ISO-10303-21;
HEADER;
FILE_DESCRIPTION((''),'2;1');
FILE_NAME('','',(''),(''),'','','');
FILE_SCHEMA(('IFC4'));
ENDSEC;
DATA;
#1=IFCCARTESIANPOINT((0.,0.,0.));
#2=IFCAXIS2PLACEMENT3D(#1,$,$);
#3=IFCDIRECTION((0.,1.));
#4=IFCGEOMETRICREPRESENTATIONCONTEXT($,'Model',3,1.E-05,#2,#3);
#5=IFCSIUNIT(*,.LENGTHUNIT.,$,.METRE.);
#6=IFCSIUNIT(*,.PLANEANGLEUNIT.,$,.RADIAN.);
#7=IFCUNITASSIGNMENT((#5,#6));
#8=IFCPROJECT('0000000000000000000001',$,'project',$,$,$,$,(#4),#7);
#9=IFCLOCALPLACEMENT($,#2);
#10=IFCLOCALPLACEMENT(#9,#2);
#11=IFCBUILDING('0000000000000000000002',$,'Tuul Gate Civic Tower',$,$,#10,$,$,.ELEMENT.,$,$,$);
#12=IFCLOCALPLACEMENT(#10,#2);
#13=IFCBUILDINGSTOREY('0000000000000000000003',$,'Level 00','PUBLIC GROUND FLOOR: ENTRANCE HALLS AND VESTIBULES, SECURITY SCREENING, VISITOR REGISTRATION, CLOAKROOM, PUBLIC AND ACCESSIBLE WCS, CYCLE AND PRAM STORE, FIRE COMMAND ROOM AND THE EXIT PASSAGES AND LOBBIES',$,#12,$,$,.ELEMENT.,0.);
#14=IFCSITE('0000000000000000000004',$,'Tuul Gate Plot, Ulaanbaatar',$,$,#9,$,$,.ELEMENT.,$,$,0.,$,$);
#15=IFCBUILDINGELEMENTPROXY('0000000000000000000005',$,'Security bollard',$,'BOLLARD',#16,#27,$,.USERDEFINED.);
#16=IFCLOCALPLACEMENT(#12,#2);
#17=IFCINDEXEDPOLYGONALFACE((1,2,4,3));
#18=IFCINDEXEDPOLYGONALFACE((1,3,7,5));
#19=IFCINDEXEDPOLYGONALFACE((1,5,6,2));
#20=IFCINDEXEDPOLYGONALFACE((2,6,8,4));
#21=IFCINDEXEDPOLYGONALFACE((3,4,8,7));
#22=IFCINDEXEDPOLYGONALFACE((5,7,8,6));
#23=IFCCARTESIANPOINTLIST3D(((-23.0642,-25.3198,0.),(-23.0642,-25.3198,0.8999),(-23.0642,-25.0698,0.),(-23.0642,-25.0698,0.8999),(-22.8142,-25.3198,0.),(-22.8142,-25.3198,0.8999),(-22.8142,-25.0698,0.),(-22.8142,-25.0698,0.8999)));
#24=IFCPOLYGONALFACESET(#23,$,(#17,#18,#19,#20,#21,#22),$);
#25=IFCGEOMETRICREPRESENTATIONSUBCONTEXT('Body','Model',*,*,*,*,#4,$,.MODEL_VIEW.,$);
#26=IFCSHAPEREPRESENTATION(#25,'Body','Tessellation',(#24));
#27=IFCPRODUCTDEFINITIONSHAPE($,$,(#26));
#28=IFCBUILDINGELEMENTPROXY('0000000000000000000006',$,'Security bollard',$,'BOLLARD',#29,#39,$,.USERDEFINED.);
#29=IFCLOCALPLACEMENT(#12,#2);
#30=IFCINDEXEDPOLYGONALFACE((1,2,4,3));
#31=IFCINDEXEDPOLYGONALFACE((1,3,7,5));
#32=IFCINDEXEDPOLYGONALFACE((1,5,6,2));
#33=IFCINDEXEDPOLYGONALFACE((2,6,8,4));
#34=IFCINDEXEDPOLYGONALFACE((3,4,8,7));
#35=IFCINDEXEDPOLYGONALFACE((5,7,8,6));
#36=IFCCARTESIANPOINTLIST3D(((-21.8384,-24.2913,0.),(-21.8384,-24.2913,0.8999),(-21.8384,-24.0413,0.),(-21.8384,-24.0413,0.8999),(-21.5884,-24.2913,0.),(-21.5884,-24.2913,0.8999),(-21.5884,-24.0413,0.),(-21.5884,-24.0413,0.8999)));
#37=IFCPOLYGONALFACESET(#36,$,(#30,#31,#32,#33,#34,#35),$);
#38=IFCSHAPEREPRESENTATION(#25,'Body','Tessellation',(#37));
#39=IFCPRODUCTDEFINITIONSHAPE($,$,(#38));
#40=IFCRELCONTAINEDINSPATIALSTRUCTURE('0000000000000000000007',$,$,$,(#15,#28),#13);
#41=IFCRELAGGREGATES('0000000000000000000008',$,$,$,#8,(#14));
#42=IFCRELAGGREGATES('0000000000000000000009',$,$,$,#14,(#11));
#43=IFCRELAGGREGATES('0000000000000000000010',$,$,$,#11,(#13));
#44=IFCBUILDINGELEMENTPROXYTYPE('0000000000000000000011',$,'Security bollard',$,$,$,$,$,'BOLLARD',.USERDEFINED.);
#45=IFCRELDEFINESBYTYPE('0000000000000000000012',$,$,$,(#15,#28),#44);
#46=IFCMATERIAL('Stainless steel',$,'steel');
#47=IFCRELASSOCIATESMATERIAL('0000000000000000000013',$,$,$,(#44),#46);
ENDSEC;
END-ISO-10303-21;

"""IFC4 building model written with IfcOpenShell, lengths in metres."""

from ifc_helpers import new_model, si_unit, direction, frame, origin, origin_2d, place, context, subcontext, project, spatial, rectangle, extrude, material, type_object, element, save


model = new_model("IFC4")

# Units and contexts
model_context = context("Model", 3, precision=1e-05, world=origin(), true_north=direction((0.0, 1.0)))
body_context = subcontext(model_context, "Body", "Model", "MODEL_VIEW")
ifc_project = project(units=[si_unit("LENGTHUNIT", "METRE"), si_unit("PLANEANGLEUNIT", "RADIAN")], contexts=[model_context])

# Site, building, storey
site_placement = place(None, origin())
site = spatial("IfcSite", under=ifc_project, at=site_placement, Name="Tuul Gate Plot, Ulaanbaatar", CompositionType="ELEMENT", RefElevation=0.0)
building_placement = place(site_placement, origin())
building = spatial("IfcBuilding", under=site, at=building_placement, Name="Tuul Gate Civic Tower", CompositionType="ELEMENT")
storey_placement = place(building_placement, origin())
storey = spatial("IfcBuildingStorey", under=building, at=storey_placement, Name="Level 00", Description="PUBLIC GROUND FLOOR: ENTRANCE HALLS AND VESTIBULES, SECURITY SCREENING, VISITOR REGISTRATION, CLOAKROOM, PUBLIC AND ACCESSIBLE WCS, CYCLE AND PRAM STORE, FIRE COMMAND ROOM AND THE EXIT PASSAGES AND LOBBIES", CompositionType="ELEMENT", Elevation=0.0)

# Building element proxies
ifc_material_1 = material(Name="Stainless steel", Category="steel")
building_element_proxy_type = type_object("IfcBuildingElementProxyType", Name="Security bollard", ElementType="BOLLARD", PredefinedType="USERDEFINED", material=ifc_material_1)
for number, where, z_axis, x_axis, name in (
    (1, (-22.9392, -25.1948, 0.0), (0.0, 0.0, 1.0), (1.0, 0.0, 0.0), "Security bollard"),
    (2, (-21.7134, -24.1663, 0.0), (0.0, 0.0, 1.0), (1.0, 0.0, 0.0), "Security bollard"),
):
    element("IfcBuildingElementProxy", number, at=place(storey_placement, frame(where, z_axis=z_axis, x_axis=x_axis)), inside=storey, type_object=building_element_proxy_type, Name=name, ObjectType="BOLLARD", PredefinedType="USERDEFINED", context=body_context, shape_type="SweptSolid", body=[
        extrude(rectangle(XDim=0.25, YDim=0.25, at=origin_2d()), origin(), (0.0, 0.0, 1.0), 0.8999),
    ])

save(model, "model.ifc")
